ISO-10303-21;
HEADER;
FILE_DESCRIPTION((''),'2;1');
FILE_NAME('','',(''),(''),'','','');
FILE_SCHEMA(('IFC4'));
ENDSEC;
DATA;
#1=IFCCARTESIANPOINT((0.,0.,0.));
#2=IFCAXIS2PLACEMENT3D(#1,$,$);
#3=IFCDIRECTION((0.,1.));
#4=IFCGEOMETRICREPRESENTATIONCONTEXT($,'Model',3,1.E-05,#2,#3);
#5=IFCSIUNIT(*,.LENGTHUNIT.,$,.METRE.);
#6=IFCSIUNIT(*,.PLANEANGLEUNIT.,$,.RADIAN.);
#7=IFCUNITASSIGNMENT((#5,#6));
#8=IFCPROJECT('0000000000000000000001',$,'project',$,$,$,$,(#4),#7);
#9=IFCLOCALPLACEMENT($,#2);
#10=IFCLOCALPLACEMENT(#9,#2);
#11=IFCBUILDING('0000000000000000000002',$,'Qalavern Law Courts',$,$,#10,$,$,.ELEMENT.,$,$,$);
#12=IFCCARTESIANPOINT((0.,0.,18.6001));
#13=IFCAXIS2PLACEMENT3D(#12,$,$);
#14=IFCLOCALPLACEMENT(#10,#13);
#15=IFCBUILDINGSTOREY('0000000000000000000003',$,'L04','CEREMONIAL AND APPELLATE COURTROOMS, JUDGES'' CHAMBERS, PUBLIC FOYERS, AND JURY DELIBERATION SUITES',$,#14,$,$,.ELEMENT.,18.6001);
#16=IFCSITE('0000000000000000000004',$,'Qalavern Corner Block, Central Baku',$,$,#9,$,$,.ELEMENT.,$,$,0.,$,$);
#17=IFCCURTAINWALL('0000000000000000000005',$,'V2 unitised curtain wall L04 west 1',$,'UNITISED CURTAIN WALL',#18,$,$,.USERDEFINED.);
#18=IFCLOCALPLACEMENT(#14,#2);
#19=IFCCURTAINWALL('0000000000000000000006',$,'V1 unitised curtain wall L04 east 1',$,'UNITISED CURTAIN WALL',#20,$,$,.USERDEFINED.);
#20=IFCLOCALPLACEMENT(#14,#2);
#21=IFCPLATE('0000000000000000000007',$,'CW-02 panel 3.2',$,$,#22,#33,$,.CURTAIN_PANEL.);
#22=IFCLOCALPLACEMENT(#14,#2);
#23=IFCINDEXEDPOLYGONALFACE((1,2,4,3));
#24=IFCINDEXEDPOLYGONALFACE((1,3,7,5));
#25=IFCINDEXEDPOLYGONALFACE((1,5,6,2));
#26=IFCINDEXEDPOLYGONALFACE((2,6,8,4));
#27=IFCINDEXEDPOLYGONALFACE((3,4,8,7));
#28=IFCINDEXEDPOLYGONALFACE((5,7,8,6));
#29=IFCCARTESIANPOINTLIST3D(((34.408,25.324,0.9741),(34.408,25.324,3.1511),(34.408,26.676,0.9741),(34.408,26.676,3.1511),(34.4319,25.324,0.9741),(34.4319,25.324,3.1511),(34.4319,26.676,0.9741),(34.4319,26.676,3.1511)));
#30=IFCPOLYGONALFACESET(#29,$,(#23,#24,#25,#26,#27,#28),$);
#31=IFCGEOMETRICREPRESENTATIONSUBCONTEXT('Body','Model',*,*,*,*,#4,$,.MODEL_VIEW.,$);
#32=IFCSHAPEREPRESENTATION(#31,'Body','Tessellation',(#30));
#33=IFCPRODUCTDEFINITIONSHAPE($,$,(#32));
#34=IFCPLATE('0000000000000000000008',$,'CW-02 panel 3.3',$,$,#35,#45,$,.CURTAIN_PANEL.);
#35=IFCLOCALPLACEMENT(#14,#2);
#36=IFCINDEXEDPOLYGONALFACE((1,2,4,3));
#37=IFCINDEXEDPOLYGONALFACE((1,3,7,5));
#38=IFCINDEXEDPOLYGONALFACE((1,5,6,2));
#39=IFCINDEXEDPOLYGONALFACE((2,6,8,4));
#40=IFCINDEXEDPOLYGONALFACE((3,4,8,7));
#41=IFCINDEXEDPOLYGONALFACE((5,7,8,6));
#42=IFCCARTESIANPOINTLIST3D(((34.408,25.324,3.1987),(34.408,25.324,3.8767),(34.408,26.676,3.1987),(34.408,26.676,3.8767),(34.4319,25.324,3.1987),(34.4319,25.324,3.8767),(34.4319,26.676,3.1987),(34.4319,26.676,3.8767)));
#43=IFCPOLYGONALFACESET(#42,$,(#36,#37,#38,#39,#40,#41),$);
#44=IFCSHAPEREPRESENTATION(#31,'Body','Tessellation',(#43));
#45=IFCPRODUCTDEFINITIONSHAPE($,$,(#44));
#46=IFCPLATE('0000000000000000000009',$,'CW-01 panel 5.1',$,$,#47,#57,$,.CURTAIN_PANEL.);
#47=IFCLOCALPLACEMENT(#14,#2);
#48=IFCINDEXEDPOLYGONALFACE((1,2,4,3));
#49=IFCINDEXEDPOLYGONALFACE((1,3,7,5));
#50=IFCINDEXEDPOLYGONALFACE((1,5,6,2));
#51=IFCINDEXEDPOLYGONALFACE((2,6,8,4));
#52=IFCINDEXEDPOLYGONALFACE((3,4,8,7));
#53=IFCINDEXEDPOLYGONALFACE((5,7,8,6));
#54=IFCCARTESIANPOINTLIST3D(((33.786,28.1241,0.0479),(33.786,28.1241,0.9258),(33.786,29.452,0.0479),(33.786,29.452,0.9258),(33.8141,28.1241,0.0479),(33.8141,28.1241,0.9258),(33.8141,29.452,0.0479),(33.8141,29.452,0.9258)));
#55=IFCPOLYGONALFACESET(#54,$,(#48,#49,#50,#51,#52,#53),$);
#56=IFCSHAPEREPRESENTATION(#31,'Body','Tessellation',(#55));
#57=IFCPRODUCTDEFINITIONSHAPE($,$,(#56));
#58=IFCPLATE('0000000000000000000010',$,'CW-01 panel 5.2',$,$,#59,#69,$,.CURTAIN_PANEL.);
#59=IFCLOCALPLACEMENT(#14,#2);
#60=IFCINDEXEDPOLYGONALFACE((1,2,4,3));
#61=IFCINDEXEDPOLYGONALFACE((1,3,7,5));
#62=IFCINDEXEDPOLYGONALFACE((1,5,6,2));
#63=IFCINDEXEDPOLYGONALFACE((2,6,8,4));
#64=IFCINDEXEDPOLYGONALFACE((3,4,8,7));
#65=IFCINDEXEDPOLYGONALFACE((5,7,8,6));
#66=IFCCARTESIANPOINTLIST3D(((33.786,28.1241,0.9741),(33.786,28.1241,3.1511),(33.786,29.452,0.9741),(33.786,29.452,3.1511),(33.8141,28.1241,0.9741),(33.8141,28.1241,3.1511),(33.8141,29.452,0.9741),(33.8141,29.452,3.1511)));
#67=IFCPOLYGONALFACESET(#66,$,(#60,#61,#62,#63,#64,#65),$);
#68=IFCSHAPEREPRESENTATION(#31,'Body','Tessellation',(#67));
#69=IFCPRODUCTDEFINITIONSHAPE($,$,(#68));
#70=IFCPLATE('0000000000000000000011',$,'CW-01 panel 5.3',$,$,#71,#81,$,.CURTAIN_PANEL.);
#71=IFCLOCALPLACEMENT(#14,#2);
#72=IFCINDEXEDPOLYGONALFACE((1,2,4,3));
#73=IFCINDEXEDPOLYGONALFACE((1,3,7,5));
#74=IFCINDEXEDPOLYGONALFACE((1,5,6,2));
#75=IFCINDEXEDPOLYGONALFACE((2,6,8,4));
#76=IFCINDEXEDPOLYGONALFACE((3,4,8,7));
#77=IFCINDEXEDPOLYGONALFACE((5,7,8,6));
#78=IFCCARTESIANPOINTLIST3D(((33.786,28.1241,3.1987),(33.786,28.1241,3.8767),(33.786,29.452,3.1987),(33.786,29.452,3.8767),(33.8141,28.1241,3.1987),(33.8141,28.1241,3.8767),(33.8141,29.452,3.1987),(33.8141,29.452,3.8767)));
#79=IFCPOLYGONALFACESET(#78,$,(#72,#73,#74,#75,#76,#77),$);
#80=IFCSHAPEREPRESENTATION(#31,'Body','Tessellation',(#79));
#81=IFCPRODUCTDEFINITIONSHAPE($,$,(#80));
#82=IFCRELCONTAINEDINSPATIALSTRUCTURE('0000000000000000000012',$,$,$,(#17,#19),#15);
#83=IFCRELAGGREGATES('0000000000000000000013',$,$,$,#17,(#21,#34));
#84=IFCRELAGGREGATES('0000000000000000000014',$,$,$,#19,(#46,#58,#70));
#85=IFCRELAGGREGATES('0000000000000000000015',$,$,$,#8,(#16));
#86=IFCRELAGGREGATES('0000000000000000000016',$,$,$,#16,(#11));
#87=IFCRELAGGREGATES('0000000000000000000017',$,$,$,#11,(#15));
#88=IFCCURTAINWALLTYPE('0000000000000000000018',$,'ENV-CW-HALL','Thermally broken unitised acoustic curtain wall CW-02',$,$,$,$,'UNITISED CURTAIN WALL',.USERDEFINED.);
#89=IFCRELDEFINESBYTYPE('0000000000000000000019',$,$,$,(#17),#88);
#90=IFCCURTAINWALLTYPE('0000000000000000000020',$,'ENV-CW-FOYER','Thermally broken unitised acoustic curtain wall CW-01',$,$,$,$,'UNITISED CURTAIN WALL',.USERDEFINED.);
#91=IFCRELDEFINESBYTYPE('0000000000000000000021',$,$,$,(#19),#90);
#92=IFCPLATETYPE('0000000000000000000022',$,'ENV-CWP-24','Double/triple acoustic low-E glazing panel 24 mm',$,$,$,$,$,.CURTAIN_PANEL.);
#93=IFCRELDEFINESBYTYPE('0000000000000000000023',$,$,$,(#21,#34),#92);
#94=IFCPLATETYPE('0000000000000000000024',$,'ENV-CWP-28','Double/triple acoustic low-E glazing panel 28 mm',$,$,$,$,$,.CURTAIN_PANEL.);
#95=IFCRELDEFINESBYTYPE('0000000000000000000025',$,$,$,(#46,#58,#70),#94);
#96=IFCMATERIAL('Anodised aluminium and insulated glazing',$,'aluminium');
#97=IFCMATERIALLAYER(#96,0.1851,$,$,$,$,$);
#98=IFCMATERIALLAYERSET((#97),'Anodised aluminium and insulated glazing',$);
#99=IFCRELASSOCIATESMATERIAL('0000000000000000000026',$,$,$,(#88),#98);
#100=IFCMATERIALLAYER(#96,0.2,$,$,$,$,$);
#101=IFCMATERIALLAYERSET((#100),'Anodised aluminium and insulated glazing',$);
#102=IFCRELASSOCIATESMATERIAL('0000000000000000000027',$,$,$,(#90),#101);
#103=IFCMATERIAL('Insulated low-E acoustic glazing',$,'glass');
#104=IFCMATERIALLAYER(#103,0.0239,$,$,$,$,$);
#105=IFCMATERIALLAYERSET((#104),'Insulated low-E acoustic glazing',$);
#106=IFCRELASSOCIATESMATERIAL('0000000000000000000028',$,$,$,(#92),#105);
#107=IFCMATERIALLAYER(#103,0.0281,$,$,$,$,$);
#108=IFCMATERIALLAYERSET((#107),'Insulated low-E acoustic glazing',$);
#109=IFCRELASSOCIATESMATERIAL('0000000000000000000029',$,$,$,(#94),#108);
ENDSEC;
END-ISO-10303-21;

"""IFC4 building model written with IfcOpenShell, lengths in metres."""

from ifc_helpers import new_model, si_unit, direction, frame, origin, origin_2d, place, context, subcontext, project, spatial, rectangle, extrude, material, layer, layer_set, type_object, element, aggregate, save


model = new_model("IFC4")

# Units and contexts
model_context = context("Model", 3, precision=1e-05, world=origin(), true_north=direction((0.0, 1.0)))
body_context = subcontext(model_context, "Body", "Model", "MODEL_VIEW")
ifc_project = project(units=[si_unit("LENGTHUNIT", "METRE"), si_unit("PLANEANGLEUNIT", "RADIAN")], contexts=[model_context])

# Site, building, storey
site_placement = place(None, origin())
site = spatial("IfcSite", under=ifc_project, at=site_placement, Name="Qalavern Corner Block, Central Baku", CompositionType="ELEMENT", RefElevation=0.0)
building_placement = place(site_placement, origin())
building = spatial("IfcBuilding", under=site, at=building_placement, Name="Qalavern Law Courts", CompositionType="ELEMENT")
storey_placement = place(building_placement, frame((0.0, 0.0, 18.6001)))
storey = spatial("IfcBuildingStorey", under=building, at=storey_placement, Name="L04", Description="CEREMONIAL AND APPELLATE COURTROOMS, JUDGES' CHAMBERS, PUBLIC FOYERS, AND JURY DELIBERATION SUITES", CompositionType="ELEMENT", Elevation=18.6001)

# Curtain walls
ifc_material_1 = material(Name="Anodised aluminium and insulated glazing", Category="aluminium")
ifc_layer_1 = layer(ifc_material_1, 0.1851)
ifc_layer_set_1 = layer_set([ifc_layer_1], Name="Anodised aluminium and insulated glazing")
curtain_wall_type_1 = type_object("IfcCurtainWallType", Name="ENV-CW-HALL", Description="Thermally broken unitised acoustic curtain wall CW-02", ElementType="UNITISED CURTAIN WALL", PredefinedType="USERDEFINED", material=ifc_layer_set_1)
curtain_wall_1_placement = place(storey_placement, origin())
curtain_wall_1 = element("IfcCurtainWall", 1, at=curtain_wall_1_placement, inside=storey, type_object=curtain_wall_type_1, Name="V2 unitised curtain wall L04 west 1", ObjectType="UNITISED CURTAIN WALL", PredefinedType="USERDEFINED")
ifc_layer_2 = layer(ifc_material_1, 0.2)
ifc_layer_set_2 = layer_set([ifc_layer_2], Name="Anodised aluminium and insulated glazing")
curtain_wall_type_2 = type_object("IfcCurtainWallType", Name="ENV-CW-FOYER", Description="Thermally broken unitised acoustic curtain wall CW-01", ElementType="UNITISED CURTAIN WALL", PredefinedType="USERDEFINED", material=ifc_layer_set_2)
curtain_wall_2_placement = place(storey_placement, origin())
curtain_wall_2 = element("IfcCurtainWall", 2, at=curtain_wall_2_placement, inside=storey, type_object=curtain_wall_type_2, Name="V1 unitised curtain wall L04 east 1", ObjectType="UNITISED CURTAIN WALL", PredefinedType="USERDEFINED")

# Plates
ifc_material_2 = material(Name="Insulated low-E acoustic glazing", Category="glass")
ifc_layer_3 = layer(ifc_material_2, 0.0239)
ifc_layer_set_3 = layer_set([ifc_layer_3], Name="Insulated low-E acoustic glazing")
plate_type_1 = type_object("IfcPlateType", Name="ENV-CWP-24", Description="Double/triple acoustic low-E glazing panel 24 mm", PredefinedType="CURTAIN_PANEL", material=ifc_layer_set_3)
plate_1_placement = place(storey_placement, frame((34.4199, 26.0, 0.9741), z_axis=(0.0, 0.0, 1.0), x_axis=(0.0, -1.0, 0.0)))
plate_1 = element("IfcPlate", 3, at=plate_1_placement, type_object=plate_type_1, Name="CW-02 panel 3.2", PredefinedType="CURTAIN_PANEL", context=body_context, shape_type="SweptSolid", body=[
    extrude(rectangle(XDim=1.3521, YDim=0.0239, at=origin_2d()), origin(), (0.0, 0.0, 1.0), 2.177),
])
plate_2_placement = place(storey_placement, frame((34.4199, 26.0, 3.1987), z_axis=(0.0, 0.0, 1.0), x_axis=(0.0, -1.0, 0.0)))
plate_2 = element("IfcPlate", 4, at=plate_2_placement, type_object=plate_type_1, Name="CW-02 panel 3.3", PredefinedType="CURTAIN_PANEL", context=body_context, shape_type="SweptSolid", body=[
    extrude(rectangle(XDim=1.3521, YDim=0.0239, at=origin_2d()), origin(), (0.0, 0.0, 1.0), 0.678),
])
aggregate(curtain_wall_1, [plate_1, plate_2])
ifc_layer_4 = layer(ifc_material_2, 0.0281)
ifc_layer_set_4 = layer_set([ifc_layer_4], Name="Insulated low-E acoustic glazing")
plate_type_2 = type_object("IfcPlateType", Name="ENV-CWP-28", Description="Double/triple acoustic low-E glazing panel 28 mm", PredefinedType="CURTAIN_PANEL", material=ifc_layer_set_4)
plate_3_placement = place(storey_placement, frame((33.8, 28.7881, 0.0479), z_axis=(0.0, 0.0, 1.0), x_axis=(0.0, 1.0, 0.0)))
plate_3 = element("IfcPlate", 5, at=plate_3_placement, type_object=plate_type_2, Name="CW-01 panel 5.1", PredefinedType="CURTAIN_PANEL", context=body_context, shape_type="SweptSolid", body=[
    extrude(rectangle(XDim=1.3279, YDim=0.0281, at=origin_2d()), origin(), (0.0, 0.0, 1.0), 0.8779),
])
plate_4_placement = place(storey_placement, frame((33.8, 28.7881, 0.9741), z_axis=(0.0, 0.0, 1.0), x_axis=(0.0, 1.0, 0.0)))
plate_4 = element("IfcPlate", 6, at=plate_4_placement, type_object=plate_type_2, Name="CW-01 panel 5.2", PredefinedType="CURTAIN_PANEL", context=body_context, shape_type="SweptSolid", body=[
    extrude(rectangle(XDim=1.3279, YDim=0.0281, at=origin_2d()), origin(), (0.0, 0.0, 1.0), 2.177),
])
plate_5_placement = place(storey_placement, frame((33.8, 28.7881, 3.1987), z_axis=(0.0, 0.0, 1.0), x_axis=(0.0, 1.0, 0.0)))
plate_5 = element("IfcPlate", 7, at=plate_5_placement, type_object=plate_type_2, Name="CW-01 panel 5.3", PredefinedType="CURTAIN_PANEL", context=body_context, shape_type="SweptSolid", body=[
    extrude(rectangle(XDim=1.3279, YDim=0.0281, at=origin_2d()), origin(), (0.0, 0.0, 1.0), 0.678),
])
aggregate(curtain_wall_2, [plate_3, plate_4, plate_5])

save(model, "model.ifc")
